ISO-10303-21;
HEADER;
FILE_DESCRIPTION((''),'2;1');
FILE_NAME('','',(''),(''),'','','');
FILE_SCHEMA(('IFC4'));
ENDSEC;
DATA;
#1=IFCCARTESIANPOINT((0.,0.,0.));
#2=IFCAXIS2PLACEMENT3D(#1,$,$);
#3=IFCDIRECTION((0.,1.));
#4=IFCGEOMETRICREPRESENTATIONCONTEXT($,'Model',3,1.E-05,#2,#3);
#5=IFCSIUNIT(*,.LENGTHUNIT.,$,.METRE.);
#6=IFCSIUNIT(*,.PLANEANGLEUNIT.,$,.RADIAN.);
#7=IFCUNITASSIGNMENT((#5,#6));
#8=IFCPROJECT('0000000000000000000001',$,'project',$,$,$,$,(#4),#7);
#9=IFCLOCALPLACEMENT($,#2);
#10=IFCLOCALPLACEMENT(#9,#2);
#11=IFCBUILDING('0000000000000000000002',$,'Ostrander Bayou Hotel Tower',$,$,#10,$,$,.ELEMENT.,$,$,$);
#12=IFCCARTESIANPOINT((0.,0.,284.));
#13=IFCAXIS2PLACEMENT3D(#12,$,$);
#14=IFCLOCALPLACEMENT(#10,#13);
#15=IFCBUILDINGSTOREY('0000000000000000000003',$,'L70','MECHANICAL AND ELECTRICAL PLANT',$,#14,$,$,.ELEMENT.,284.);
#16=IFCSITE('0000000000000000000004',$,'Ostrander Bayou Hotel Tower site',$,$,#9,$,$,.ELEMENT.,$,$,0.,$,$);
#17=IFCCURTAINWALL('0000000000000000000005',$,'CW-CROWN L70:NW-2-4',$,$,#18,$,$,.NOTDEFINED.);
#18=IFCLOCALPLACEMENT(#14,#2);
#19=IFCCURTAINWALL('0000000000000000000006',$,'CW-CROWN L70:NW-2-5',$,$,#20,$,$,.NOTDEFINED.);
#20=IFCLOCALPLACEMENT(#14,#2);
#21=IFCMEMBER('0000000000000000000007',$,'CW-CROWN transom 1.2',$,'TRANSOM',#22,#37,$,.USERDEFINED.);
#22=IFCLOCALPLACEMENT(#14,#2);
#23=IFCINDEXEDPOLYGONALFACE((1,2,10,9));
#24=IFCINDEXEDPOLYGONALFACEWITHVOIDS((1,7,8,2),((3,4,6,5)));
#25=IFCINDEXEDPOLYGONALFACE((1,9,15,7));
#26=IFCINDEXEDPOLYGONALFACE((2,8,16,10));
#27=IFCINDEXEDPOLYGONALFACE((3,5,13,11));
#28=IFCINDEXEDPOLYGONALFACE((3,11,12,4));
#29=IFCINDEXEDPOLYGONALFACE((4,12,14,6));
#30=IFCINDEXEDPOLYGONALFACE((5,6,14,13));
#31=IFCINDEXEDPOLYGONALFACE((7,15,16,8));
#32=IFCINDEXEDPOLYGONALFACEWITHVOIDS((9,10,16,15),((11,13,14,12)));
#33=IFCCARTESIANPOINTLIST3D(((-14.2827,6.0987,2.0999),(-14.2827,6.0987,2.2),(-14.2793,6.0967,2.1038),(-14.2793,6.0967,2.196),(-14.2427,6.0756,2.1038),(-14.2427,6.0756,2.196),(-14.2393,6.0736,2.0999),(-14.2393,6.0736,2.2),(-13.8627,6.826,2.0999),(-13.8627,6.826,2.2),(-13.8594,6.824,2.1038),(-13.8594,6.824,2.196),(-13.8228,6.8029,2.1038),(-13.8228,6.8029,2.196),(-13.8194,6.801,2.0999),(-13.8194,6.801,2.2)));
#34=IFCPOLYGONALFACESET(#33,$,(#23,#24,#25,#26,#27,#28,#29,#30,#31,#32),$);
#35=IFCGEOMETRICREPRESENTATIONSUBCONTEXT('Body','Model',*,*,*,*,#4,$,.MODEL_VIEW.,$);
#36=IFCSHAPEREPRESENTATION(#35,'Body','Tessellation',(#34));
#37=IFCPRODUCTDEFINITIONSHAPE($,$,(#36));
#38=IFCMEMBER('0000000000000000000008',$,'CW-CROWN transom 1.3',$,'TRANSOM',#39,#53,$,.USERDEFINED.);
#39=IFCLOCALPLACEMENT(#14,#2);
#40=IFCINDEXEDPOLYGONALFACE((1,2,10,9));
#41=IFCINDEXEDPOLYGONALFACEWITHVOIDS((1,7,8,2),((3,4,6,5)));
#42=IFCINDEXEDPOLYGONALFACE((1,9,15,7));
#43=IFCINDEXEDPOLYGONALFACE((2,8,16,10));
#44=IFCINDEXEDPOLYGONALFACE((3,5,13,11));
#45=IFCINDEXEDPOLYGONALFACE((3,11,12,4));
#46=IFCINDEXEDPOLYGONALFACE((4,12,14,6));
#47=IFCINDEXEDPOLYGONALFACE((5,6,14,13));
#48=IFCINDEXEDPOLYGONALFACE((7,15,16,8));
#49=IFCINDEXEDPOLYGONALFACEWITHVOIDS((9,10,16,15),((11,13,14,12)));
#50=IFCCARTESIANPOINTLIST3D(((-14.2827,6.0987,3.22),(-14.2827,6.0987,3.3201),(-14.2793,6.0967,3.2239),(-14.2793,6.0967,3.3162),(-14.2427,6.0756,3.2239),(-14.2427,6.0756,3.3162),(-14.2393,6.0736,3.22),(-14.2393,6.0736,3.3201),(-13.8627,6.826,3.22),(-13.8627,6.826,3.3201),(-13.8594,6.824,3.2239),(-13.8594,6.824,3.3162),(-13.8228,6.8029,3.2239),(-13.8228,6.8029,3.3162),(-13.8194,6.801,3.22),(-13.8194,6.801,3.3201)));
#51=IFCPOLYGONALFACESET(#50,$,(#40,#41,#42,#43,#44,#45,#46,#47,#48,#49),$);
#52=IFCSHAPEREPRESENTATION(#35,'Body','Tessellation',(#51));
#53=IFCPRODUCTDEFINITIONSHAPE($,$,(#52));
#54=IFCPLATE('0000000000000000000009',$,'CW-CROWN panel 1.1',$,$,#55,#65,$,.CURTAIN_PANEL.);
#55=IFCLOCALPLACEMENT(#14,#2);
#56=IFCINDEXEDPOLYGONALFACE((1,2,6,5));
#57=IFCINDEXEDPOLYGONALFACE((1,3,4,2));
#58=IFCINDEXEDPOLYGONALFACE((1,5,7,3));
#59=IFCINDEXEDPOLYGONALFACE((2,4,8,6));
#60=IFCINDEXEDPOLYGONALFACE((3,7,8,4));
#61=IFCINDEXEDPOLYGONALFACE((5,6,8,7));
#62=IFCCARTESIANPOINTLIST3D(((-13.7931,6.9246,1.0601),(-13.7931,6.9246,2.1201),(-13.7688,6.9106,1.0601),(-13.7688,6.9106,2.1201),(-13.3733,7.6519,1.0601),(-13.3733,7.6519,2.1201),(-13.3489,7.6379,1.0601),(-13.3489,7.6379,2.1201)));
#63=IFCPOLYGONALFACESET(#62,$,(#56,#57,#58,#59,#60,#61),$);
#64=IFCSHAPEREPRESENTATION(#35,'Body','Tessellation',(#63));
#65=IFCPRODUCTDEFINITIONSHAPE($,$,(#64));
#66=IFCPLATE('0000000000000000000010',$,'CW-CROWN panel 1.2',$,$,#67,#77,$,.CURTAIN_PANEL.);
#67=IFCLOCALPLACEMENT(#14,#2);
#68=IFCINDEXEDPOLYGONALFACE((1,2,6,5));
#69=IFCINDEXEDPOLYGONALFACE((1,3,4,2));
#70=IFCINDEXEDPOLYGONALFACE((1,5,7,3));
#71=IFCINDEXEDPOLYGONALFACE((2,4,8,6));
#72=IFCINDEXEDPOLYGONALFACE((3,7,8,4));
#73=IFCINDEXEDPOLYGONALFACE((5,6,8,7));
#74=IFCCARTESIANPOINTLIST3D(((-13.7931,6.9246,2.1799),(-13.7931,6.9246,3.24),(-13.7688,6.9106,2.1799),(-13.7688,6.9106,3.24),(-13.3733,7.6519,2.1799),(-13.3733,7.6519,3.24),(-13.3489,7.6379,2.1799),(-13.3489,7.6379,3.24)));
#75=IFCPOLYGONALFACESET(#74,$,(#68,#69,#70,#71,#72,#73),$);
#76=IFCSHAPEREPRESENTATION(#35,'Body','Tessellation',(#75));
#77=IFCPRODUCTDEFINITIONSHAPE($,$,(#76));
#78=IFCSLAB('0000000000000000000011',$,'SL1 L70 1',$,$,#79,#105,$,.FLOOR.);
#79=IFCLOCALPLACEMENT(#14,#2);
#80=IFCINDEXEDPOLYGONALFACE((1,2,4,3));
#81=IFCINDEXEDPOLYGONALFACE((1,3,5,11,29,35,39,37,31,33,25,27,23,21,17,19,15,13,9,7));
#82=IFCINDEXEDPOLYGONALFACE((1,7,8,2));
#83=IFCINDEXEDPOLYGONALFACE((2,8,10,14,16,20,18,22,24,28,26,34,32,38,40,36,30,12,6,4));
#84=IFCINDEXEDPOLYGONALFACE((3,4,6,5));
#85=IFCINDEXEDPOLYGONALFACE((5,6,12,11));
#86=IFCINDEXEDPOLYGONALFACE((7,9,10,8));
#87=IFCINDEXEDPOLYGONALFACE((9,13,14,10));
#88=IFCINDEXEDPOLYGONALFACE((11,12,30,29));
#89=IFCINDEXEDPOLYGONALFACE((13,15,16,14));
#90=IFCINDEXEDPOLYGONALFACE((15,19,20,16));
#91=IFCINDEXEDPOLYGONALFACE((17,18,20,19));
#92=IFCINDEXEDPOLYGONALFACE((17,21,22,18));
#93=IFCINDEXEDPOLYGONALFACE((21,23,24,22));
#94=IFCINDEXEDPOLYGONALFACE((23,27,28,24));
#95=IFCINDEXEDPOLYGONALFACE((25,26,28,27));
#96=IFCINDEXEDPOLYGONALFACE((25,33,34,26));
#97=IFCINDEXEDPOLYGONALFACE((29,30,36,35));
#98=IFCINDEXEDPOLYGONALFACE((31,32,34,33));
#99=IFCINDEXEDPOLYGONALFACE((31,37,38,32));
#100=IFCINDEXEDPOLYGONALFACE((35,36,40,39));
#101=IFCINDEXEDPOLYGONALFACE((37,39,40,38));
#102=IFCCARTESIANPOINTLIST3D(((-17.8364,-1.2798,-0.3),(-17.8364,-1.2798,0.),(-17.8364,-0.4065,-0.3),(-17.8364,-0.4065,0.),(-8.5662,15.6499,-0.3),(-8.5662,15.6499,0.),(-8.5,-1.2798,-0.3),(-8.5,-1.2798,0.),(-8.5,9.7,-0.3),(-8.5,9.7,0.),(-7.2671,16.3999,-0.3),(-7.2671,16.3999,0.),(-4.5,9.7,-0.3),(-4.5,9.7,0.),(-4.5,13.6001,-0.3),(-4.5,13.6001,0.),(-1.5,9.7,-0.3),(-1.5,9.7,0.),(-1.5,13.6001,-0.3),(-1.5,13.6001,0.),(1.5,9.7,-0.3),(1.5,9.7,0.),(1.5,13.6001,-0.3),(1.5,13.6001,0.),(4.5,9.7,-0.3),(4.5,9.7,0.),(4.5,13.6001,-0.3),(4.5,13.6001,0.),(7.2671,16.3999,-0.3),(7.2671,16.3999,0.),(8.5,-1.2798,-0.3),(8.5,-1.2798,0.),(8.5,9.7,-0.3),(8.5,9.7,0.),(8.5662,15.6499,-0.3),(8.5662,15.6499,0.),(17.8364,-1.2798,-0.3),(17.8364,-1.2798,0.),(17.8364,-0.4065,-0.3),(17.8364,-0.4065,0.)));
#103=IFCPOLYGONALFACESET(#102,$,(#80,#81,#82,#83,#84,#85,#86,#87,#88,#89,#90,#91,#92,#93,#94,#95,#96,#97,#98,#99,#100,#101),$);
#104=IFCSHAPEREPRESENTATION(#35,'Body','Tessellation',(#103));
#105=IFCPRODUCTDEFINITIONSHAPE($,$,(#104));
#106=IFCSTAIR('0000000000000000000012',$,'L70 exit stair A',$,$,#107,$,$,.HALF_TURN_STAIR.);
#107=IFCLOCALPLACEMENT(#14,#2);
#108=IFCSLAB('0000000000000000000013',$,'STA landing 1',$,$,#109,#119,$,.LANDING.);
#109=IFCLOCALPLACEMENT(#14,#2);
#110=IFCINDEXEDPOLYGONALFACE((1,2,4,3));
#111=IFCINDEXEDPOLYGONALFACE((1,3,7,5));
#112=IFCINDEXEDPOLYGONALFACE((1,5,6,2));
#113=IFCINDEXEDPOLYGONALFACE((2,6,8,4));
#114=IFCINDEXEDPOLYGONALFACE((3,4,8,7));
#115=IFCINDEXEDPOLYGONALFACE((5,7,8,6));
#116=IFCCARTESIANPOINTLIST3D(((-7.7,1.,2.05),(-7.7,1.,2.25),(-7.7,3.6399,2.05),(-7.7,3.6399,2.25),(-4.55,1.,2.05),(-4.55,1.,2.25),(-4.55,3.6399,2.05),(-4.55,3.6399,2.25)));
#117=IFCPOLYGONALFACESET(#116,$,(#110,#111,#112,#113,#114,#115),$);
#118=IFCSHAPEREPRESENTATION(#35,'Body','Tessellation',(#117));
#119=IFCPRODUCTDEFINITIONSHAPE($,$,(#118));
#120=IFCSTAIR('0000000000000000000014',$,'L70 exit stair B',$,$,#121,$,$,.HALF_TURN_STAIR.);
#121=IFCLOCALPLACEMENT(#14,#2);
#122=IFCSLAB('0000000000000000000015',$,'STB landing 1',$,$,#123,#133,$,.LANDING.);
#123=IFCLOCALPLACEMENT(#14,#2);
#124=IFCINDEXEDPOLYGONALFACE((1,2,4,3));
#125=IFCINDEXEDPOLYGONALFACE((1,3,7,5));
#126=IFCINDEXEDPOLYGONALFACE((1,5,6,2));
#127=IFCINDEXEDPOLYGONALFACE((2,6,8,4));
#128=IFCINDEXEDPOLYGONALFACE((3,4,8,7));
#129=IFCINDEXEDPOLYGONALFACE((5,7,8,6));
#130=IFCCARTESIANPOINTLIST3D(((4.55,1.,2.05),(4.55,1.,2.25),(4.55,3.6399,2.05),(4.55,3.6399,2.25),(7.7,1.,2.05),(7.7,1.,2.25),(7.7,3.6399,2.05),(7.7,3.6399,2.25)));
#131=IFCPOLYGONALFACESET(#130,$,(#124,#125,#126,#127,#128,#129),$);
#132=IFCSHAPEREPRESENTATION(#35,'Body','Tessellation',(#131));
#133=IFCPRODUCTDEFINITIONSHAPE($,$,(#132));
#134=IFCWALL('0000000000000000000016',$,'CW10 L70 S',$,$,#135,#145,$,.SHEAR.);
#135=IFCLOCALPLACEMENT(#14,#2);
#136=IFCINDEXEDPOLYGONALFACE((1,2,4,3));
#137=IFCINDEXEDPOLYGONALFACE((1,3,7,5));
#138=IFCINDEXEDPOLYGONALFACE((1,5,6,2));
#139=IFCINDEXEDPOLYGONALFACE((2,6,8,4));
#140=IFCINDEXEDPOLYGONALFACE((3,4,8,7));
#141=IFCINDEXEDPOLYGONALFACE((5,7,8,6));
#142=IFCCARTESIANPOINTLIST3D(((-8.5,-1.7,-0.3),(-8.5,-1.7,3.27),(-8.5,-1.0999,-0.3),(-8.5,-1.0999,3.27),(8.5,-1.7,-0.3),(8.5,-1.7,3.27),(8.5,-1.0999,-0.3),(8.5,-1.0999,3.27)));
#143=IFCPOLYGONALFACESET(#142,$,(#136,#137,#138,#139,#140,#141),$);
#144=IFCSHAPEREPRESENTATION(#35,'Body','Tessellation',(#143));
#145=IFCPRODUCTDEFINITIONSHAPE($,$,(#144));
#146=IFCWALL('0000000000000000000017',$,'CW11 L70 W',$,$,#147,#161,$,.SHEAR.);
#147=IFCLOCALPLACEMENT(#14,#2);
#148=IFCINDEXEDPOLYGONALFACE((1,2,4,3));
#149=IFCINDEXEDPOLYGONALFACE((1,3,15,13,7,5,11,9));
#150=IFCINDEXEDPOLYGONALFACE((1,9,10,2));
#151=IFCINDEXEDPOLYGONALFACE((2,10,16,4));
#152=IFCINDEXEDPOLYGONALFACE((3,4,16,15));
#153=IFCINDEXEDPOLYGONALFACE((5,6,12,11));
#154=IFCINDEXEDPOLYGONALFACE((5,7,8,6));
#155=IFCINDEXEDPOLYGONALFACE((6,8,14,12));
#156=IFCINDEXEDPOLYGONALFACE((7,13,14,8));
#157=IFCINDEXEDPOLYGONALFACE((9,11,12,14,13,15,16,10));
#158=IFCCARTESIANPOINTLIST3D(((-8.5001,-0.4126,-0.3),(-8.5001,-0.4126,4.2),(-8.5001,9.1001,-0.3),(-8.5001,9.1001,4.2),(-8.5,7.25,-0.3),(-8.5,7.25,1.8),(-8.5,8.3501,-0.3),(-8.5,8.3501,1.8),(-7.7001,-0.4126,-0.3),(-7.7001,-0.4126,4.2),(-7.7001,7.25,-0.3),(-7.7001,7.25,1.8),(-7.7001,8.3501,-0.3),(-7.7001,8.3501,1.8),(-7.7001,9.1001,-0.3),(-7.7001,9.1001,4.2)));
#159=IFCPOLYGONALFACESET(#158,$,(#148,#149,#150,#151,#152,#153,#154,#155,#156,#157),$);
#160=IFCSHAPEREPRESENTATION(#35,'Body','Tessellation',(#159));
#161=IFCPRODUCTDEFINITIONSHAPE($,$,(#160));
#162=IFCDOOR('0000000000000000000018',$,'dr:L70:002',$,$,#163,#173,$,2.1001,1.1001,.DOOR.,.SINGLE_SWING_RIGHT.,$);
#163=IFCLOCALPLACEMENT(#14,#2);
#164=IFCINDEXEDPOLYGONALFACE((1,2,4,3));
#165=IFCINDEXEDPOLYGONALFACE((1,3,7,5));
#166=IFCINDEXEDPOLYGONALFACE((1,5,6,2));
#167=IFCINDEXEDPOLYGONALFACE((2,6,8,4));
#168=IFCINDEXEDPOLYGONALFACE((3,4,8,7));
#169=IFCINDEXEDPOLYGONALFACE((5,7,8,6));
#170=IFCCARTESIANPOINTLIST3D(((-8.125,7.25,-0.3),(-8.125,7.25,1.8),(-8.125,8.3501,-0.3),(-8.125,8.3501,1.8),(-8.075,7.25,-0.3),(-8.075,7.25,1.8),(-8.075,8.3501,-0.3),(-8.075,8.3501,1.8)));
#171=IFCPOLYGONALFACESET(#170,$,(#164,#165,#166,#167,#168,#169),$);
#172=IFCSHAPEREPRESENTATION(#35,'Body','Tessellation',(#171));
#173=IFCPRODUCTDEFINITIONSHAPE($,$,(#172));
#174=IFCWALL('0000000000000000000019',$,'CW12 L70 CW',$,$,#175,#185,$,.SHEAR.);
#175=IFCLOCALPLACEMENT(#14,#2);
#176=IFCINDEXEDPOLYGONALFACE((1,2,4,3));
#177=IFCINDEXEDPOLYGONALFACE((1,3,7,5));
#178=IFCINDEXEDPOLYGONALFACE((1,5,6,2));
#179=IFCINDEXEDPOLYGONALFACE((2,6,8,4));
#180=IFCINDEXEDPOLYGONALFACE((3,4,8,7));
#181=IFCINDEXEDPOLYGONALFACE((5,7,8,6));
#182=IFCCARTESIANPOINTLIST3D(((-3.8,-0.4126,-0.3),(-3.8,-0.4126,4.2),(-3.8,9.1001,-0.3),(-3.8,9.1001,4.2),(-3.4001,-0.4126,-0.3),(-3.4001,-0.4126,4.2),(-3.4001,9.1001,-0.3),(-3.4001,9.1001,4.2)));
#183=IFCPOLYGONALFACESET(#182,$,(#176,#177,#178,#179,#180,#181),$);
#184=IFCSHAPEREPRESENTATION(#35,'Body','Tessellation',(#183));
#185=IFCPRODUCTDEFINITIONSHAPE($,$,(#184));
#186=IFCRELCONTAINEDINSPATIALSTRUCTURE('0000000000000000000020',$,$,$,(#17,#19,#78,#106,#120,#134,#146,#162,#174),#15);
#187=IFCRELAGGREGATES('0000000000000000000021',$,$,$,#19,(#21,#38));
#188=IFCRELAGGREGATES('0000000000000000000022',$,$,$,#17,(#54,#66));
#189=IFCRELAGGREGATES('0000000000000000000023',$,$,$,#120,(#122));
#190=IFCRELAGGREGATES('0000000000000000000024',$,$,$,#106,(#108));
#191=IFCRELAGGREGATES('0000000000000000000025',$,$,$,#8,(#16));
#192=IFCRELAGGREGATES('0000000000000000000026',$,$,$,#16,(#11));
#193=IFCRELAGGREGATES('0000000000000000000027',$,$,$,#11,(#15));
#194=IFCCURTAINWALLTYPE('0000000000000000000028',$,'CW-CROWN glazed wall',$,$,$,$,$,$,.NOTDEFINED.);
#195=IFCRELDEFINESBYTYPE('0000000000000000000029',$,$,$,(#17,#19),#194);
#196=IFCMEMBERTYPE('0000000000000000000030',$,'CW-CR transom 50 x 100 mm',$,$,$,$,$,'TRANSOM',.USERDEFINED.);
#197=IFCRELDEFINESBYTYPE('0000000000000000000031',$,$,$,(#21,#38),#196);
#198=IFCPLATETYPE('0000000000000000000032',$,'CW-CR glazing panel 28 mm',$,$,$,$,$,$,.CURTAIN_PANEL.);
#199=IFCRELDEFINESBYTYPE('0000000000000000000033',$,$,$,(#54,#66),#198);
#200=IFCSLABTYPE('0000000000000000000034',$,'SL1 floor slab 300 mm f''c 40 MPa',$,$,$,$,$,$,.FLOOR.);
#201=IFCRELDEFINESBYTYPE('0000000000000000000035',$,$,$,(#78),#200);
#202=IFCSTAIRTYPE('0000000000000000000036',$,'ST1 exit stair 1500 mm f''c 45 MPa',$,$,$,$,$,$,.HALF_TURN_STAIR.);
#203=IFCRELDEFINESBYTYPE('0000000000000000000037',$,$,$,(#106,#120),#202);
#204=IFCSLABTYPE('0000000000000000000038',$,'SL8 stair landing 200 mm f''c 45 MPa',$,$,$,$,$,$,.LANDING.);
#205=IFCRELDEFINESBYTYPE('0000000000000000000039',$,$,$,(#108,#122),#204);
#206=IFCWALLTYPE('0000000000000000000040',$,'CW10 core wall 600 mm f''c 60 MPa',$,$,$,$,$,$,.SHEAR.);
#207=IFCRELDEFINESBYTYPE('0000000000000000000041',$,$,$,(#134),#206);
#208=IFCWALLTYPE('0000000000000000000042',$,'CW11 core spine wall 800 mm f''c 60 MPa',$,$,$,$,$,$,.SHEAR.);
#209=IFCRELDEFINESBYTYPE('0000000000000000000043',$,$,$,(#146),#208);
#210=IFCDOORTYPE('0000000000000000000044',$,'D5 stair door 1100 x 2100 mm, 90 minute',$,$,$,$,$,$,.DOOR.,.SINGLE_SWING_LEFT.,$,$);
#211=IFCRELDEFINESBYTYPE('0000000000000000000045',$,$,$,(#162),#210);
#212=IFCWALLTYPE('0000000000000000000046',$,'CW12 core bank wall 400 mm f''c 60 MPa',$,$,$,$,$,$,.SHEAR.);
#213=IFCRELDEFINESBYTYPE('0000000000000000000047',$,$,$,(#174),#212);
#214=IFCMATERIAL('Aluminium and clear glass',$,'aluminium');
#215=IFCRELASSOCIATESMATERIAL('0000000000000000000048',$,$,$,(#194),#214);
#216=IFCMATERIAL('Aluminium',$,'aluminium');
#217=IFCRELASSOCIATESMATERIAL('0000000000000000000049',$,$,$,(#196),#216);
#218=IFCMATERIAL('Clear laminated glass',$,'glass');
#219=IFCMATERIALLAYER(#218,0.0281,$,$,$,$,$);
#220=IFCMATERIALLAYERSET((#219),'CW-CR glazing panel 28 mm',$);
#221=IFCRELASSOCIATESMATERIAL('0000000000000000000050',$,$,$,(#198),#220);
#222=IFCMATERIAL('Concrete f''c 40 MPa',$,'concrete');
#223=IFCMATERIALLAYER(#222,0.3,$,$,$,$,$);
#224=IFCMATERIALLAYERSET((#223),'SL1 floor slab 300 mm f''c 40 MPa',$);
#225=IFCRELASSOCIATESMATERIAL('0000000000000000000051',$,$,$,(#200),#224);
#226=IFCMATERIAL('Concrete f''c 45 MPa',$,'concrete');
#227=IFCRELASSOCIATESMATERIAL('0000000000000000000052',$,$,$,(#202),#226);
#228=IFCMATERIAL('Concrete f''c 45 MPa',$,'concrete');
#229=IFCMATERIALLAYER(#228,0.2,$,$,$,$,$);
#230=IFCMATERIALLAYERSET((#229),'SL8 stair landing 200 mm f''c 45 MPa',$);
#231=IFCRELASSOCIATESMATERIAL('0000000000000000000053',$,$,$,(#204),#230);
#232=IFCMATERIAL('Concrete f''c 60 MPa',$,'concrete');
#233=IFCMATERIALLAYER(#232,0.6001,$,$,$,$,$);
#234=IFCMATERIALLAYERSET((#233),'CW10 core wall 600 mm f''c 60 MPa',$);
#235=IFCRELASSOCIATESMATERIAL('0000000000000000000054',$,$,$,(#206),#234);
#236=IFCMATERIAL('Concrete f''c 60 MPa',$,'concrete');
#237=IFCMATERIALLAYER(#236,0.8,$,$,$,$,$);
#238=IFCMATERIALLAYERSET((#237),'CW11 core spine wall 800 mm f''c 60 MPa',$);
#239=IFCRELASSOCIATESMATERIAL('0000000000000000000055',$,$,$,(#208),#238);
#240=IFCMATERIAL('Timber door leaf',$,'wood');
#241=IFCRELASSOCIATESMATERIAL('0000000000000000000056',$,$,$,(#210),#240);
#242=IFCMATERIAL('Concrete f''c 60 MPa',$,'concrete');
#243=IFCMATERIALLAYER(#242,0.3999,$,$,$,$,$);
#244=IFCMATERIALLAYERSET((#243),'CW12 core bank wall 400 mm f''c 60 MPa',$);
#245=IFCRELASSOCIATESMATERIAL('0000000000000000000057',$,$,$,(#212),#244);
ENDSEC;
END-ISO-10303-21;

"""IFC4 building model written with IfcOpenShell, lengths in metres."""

from ifc_helpers import new_model, si_unit, direction, frame, frame_2d, origin, origin_2d, place, context, subcontext, project, spatial, polyline, rectangle, hollow_rectangle, outline, extrude, material, layer, layer_set, material_profile, profile_set, type_object, element, fill, aggregate, save


model = new_model("IFC4")

# Units and contexts
model_context = context("Model", 3, precision=1e-05, world=origin(), true_north=direction((0.0, 1.0)))
body_context = subcontext(model_context, "Body", "Model", "MODEL_VIEW")
ifc_project = project(units=[si_unit("LENGTHUNIT", "METRE"), si_unit("PLANEANGLEUNIT", "RADIAN")], contexts=[model_context])

# Site, building, storey
site_placement = place(None, origin())
site = spatial("IfcSite", under=ifc_project, at=site_placement, Name="Ostrander Bayou Hotel Tower site", CompositionType="ELEMENT", RefElevation=0.0)
building_placement = place(site_placement, origin())
building = spatial("IfcBuilding", under=site, at=building_placement, Name="Ostrander Bayou Hotel Tower", CompositionType="ELEMENT")
storey_placement = place(building_placement, frame((0.0, 0.0, 284.0)))
storey = spatial("IfcBuildingStorey", under=building, at=storey_placement, Name="L70", Description="MECHANICAL AND ELECTRICAL PLANT", CompositionType="ELEMENT", Elevation=284.0)

# Curtain wall
ifc_material_1 = material(Name="Aluminium and clear glass", Category="aluminium")
curtain_wall_type = type_object("IfcCurtainWallType", Name="CW-CROWN glazed wall", PredefinedType="NOTDEFINED", material=ifc_material_1)
curtain_wall_1_placement = place(storey_placement, origin())
curtain_wall_1 = element("IfcCurtainWall", 1, at=curtain_wall_1_placement, inside=storey, type_object=curtain_wall_type, Name="CW-CROWN L70:NW-2-4", PredefinedType="NOTDEFINED")

# Curtain wall, members
curtain_wall_2_placement = place(storey_placement, origin())
curtain_wall_2 = element("IfcCurtainWall", 2, at=curtain_wall_2_placement, inside=storey, type_object=curtain_wall_type, Name="CW-CROWN L70:NW-2-5", PredefinedType="NOTDEFINED")
ifc_material_2 = material(Name="Aluminium", Category="aluminium")
ifc_material_profile_1 = material_profile(ifc_material_2, hollow_rectangle(XDim=0.05, YDim=0.1001, WallThickness=0.0039, at=origin_2d()))
ifc_profile_set_1 = profile_set([ifc_material_profile_1], Name="Aluminium")
member_type_1 = type_object("IfcMemberType", Name="CW-CR transom 50 x 100 mm", ElementType="TRANSOM", PredefinedType="USERDEFINED", material=ifc_profile_set_1)
member_1_placement = place(storey_placement, frame((-13.8411, 6.8135, 2.1499), z_axis=(-0.500016, -0.866016, 0.0), x_axis=(0.866016, -0.500016, 0.0)))
member_1 = element("IfcMember", 3, at=member_1_placement, type_object=member_type_1, Name="CW-CROWN transom 1.2", ObjectType="TRANSOM", PredefinedType="USERDEFINED", context=body_context, shape_type="SweptSolid", body=[
    extrude(hollow_rectangle(XDim=0.05, YDim=0.1001, WallThickness=0.0039, at=origin_2d()), origin(), (0.0, 0.0, 1.0), 0.8398),
])
member_2_placement = place(storey_placement, frame((-13.8411, 6.8135, 3.27), z_axis=(-0.500016, -0.866016, 0.0), x_axis=(0.866016, -0.500016, 0.0)))
member_2 = element("IfcMember", 4, at=member_2_placement, type_object=member_type_1, Name="CW-CROWN transom 1.3", ObjectType="TRANSOM", PredefinedType="USERDEFINED", context=body_context, shape_type="SweptSolid", body=[
    extrude(hollow_rectangle(XDim=0.05, YDim=0.1001, WallThickness=0.0039, at=origin_2d()), origin(), (0.0, 0.0, 1.0), 0.8398),
])
aggregate(curtain_wall_2, [member_1, member_2])

# Plates
ifc_material_3 = material(Name="Clear laminated glass", Category="glass")
ifc_layer_1 = layer(ifc_material_3, 0.0281)
ifc_layer_set_1 = layer_set([ifc_layer_1], Name="CW-CR glazing panel 28 mm")
plate_type = type_object("IfcPlateType", Name="CW-CR glazing panel 28 mm", PredefinedType="CURTAIN_PANEL", material=ifc_layer_set_1)
plate_1_placement = place(storey_placement, frame((-13.571, 7.2812, 1.0601), z_axis=(0.0, 0.0, 1.0), x_axis=(-0.49996, -0.866049, 0.0)))
plate_1 = element("IfcPlate", 5, at=plate_1_placement, type_object=plate_type, Name="CW-CROWN panel 1.1", PredefinedType="CURTAIN_PANEL", context=body_context, shape_type="SweptSolid", body=[
    extrude(rectangle(XDim=0.8398, YDim=0.0281, at=origin_2d()), origin(), (0.0, 0.0, 1.0), 1.0601),
])
plate_2_placement = place(storey_placement, frame((-13.571, 7.2812, 2.1799), z_axis=(0.0, 0.0, 1.0), x_axis=(-0.49996, -0.866049, 0.0)))
plate_2 = element("IfcPlate", 6, at=plate_2_placement, type_object=plate_type, Name="CW-CROWN panel 1.2", PredefinedType="CURTAIN_PANEL", context=body_context, shape_type="SweptSolid", body=[
    extrude(rectangle(XDim=0.8398, YDim=0.0281, at=origin_2d()), origin(), (0.0, 0.0, 1.0), 1.0601),
])
aggregate(curtain_wall_1, [plate_1, plate_2])

# Slab
ifc_material_4 = material(Name="Concrete f'c 40 MPa", Category="concrete")
ifc_layer_2 = layer(ifc_material_4, 0.3)
ifc_layer_set_2 = layer_set([ifc_layer_2], Name="SL1 floor slab 300 mm f'c 40 MPa")
slab_type_1 = type_object("IfcSlabType", Name="SL1 floor slab 300 mm f'c 40 MPa", PredefinedType="FLOOR", material=ifc_layer_set_2)
slab_1_placement = place(storey_placement, frame((0.0, 0.0, -0.3)))
element("IfcSlab", 7, at=slab_1_placement, inside=storey, type_object=slab_type_1, Name="SL1 L70 1", PredefinedType="FLOOR", context=body_context, shape_type="SweptSolid", body=[
    extrude(outline(polyline([(17.8364, -0.4065), (17.8364, -1.2798), (8.5, -1.2798), (8.5, 9.7), (4.5, 9.7), (4.5, 13.6001), (1.5, 13.6001), (1.5, 9.7), (-1.5, 9.7), (-1.5, 13.6001), (-4.5, 13.6001), (-4.5, 9.7), (-8.5, 9.7), (-8.5, -1.2798), (-17.8364, -1.2798), (-17.8364, -0.4065), (-8.5662, 15.6499), (-7.2671, 16.3999), (7.2671, 16.3999), (8.5662, 15.6499), (17.8364, -0.4065)])), origin(), (0.0, 0.0, 1.0), 0.3),
])

# Stairs, slabs
ifc_material_5 = material(Name="Concrete f'c 45 MPa", Category="concrete")
stair_type = type_object("IfcStairType", Name="ST1 exit stair 1500 mm f'c 45 MPa", PredefinedType="HALF_TURN_STAIR", material=ifc_material_5)
stair_1_placement = place(storey_placement, origin())
stair_1 = element("IfcStair", 8, at=stair_1_placement, inside=storey, type_object=stair_type, Name="L70 exit stair A", PredefinedType="HALF_TURN_STAIR")
ifc_material_6 = material(Name="Concrete f'c 45 MPa", Category="concrete")
ifc_layer_3 = layer(ifc_material_6, 0.2)
ifc_layer_set_3 = layer_set([ifc_layer_3], Name="SL8 stair landing 200 mm f'c 45 MPa")
slab_type_2 = type_object("IfcSlabType", Name="SL8 stair landing 200 mm f'c 45 MPa", PredefinedType="LANDING", material=ifc_layer_set_3)
slab_2_placement = place(storey_placement, frame((0.0, 0.0, 2.05)))
slab_2 = element("IfcSlab", 9, at=slab_2_placement, type_object=slab_type_2, Name="STA landing 1", PredefinedType="LANDING", context=body_context, shape_type="SweptSolid", body=[
    extrude(outline(polyline([(-7.7, 3.6399), (-7.7, 1.0), (-4.55, 1.0), (-4.55, 3.6399), (-7.7, 3.6399)])), origin(), (0.0, 0.0, 1.0), 0.2),
])
stair_2_placement = place(storey_placement, origin())
stair_2 = element("IfcStair", 10, at=stair_2_placement, inside=storey, type_object=stair_type, Name="L70 exit stair B", PredefinedType="HALF_TURN_STAIR")
slab_3_placement = place(storey_placement, frame((0.0, 0.0, 2.05)))
slab_3 = element("IfcSlab", 11, at=slab_3_placement, type_object=slab_type_2, Name="STB landing 1", PredefinedType="LANDING", context=body_context, shape_type="SweptSolid", body=[
    extrude(outline(polyline([(4.55, 3.6399), (4.55, 1.0), (7.7, 1.0), (7.7, 3.6399), (4.55, 3.6399)])), origin(), (0.0, 0.0, 1.0), 0.2),
])
aggregate(stair_2, [slab_3])

# Wall
ifc_material_7 = material(Name="Concrete f'c 60 MPa", Category="concrete")
ifc_layer_4 = layer(ifc_material_7, 0.6001)
ifc_layer_set_4 = layer_set([ifc_layer_4], Name="CW10 core wall 600 mm f'c 60 MPa")
wall_type_1 = type_object("IfcWallType", Name="CW10 core wall 600 mm f'c 60 MPa", PredefinedType="SHEAR", material=ifc_layer_set_4)
wall_1_placement = place(storey_placement, frame((-8.5, -1.3999, -0.3), z_axis=(0.0, 0.0, 1.0), x_axis=(1.0, 0.0, 0.0)))
element("IfcWall", 12, at=wall_1_placement, inside=storey, type_object=wall_type_1, Name="CW10 L70 S", PredefinedType="SHEAR", context=body_context, shape_type="SweptSolid", body=[
    extrude(rectangle(XDim=17.0, YDim=0.6001, at=frame_2d((8.5, 0.0))), origin(), (0.0, 0.0, 1.0), 3.5701),
])

# Wall, opening, door
ifc_material_8 = material(Name="Concrete f'c 60 MPa", Category="concrete")
ifc_layer_5 = layer(ifc_material_8, 0.8)
ifc_layer_set_5 = layer_set([ifc_layer_5], Name="CW11 core spine wall 800 mm f'c 60 MPa")
wall_type_2 = type_object("IfcWallType", Name="CW11 core spine wall 800 mm f'c 60 MPa", PredefinedType="SHEAR", material=ifc_layer_set_5)
wall_2_placement = place(storey_placement, frame((-8.1001, -0.4126, -0.3), z_axis=(0.0, 0.0, 1.0), x_axis=(0.0, 1.0, 0.0)))
wall_2 = element("IfcWall", 13, at=wall_2_placement, inside=storey, type_object=wall_type_2, Name="CW11 L70 W", PredefinedType="SHEAR", context=body_context, shape_type="SweptSolid", body=[
    extrude(rectangle(XDim=9.5127, YDim=0.8, at=frame_2d((4.7563, 0.0))), origin(), (0.0, 0.0, 1.0), 4.5),
])
opening_1_placement = place(wall_2_placement, frame((7.6626, 0.0, 0.0)))
opening_1 = element("IfcOpeningElement", 14, at=opening_1_placement, cuts=wall_2, PredefinedType="OPENING", context=body_context, shape_type="SweptSolid", body=[
    extrude(rectangle(XDim=1.1001, YDim=2.1001, at=frame_2d((0.55, 1.05))), frame((0.0, 0.3999, 0.0), z_axis=(0.0, -1.0, 0.0), x_axis=(1.0, 0.0, 0.0)), (0.0, 0.0, 1.0), 0.8),
])
ifc_material_9 = material(Name="Timber door leaf", Category="wood")
door_type_1 = type_object("IfcDoorType", Name="D5 stair door 1100 x 2100 mm, 90 minute", OperationType="SINGLE_SWING_LEFT", PredefinedType="DOOR", material=ifc_material_9)
door_1_placement = place(opening_1_placement, origin())
door_1 = element("IfcDoor", 15, at=door_1_placement, inside=storey, type_object=door_type_1, Name="dr:L70:002", OperationType="SINGLE_SWING_RIGHT", OverallHeight=2.1001, OverallWidth=1.1001, PredefinedType="DOOR", context=body_context, shape_type="SweptSolid", body=[
    extrude(rectangle(XDim=1.1001, YDim=2.1001, at=frame_2d((0.55, 1.05))), frame((0.0, 0.0249, 0.0), z_axis=(0.0, -1.0, 0.0), x_axis=(1.0, 0.0, 0.0)), (0.0, 0.0, 1.0), 0.05),
])
fill(opening_1, door_1)

# Wall
ifc_material_10 = material(Name="Concrete f'c 60 MPa", Category="concrete")
ifc_layer_6 = layer(ifc_material_10, 0.3999)
ifc_layer_set_6 = layer_set([ifc_layer_6], Name="CW12 core bank wall 400 mm f'c 60 MPa")
wall_type_3 = type_object("IfcWallType", Name="CW12 core bank wall 400 mm f'c 60 MPa", PredefinedType="SHEAR", material=ifc_layer_set_6)
wall_3_placement = place(storey_placement, frame((-3.6001, -0.4126, -0.3), z_axis=(0.0, 0.0, 1.0), x_axis=(0.0, 1.0, 0.0)))
element("IfcWall", 16, at=wall_3_placement, inside=storey, type_object=wall_type_3, Name="CW12 L70 CW", PredefinedType="SHEAR", context=body_context, shape_type="SweptSolid", body=[
    extrude(rectangle(XDim=9.5127, YDim=0.3999, at=frame_2d((4.7563, 0.0))), origin(), (0.0, 0.0, 1.0), 4.5),
])

aggregate(stair_1, [slab_2])

save(model, "model.ifc")
